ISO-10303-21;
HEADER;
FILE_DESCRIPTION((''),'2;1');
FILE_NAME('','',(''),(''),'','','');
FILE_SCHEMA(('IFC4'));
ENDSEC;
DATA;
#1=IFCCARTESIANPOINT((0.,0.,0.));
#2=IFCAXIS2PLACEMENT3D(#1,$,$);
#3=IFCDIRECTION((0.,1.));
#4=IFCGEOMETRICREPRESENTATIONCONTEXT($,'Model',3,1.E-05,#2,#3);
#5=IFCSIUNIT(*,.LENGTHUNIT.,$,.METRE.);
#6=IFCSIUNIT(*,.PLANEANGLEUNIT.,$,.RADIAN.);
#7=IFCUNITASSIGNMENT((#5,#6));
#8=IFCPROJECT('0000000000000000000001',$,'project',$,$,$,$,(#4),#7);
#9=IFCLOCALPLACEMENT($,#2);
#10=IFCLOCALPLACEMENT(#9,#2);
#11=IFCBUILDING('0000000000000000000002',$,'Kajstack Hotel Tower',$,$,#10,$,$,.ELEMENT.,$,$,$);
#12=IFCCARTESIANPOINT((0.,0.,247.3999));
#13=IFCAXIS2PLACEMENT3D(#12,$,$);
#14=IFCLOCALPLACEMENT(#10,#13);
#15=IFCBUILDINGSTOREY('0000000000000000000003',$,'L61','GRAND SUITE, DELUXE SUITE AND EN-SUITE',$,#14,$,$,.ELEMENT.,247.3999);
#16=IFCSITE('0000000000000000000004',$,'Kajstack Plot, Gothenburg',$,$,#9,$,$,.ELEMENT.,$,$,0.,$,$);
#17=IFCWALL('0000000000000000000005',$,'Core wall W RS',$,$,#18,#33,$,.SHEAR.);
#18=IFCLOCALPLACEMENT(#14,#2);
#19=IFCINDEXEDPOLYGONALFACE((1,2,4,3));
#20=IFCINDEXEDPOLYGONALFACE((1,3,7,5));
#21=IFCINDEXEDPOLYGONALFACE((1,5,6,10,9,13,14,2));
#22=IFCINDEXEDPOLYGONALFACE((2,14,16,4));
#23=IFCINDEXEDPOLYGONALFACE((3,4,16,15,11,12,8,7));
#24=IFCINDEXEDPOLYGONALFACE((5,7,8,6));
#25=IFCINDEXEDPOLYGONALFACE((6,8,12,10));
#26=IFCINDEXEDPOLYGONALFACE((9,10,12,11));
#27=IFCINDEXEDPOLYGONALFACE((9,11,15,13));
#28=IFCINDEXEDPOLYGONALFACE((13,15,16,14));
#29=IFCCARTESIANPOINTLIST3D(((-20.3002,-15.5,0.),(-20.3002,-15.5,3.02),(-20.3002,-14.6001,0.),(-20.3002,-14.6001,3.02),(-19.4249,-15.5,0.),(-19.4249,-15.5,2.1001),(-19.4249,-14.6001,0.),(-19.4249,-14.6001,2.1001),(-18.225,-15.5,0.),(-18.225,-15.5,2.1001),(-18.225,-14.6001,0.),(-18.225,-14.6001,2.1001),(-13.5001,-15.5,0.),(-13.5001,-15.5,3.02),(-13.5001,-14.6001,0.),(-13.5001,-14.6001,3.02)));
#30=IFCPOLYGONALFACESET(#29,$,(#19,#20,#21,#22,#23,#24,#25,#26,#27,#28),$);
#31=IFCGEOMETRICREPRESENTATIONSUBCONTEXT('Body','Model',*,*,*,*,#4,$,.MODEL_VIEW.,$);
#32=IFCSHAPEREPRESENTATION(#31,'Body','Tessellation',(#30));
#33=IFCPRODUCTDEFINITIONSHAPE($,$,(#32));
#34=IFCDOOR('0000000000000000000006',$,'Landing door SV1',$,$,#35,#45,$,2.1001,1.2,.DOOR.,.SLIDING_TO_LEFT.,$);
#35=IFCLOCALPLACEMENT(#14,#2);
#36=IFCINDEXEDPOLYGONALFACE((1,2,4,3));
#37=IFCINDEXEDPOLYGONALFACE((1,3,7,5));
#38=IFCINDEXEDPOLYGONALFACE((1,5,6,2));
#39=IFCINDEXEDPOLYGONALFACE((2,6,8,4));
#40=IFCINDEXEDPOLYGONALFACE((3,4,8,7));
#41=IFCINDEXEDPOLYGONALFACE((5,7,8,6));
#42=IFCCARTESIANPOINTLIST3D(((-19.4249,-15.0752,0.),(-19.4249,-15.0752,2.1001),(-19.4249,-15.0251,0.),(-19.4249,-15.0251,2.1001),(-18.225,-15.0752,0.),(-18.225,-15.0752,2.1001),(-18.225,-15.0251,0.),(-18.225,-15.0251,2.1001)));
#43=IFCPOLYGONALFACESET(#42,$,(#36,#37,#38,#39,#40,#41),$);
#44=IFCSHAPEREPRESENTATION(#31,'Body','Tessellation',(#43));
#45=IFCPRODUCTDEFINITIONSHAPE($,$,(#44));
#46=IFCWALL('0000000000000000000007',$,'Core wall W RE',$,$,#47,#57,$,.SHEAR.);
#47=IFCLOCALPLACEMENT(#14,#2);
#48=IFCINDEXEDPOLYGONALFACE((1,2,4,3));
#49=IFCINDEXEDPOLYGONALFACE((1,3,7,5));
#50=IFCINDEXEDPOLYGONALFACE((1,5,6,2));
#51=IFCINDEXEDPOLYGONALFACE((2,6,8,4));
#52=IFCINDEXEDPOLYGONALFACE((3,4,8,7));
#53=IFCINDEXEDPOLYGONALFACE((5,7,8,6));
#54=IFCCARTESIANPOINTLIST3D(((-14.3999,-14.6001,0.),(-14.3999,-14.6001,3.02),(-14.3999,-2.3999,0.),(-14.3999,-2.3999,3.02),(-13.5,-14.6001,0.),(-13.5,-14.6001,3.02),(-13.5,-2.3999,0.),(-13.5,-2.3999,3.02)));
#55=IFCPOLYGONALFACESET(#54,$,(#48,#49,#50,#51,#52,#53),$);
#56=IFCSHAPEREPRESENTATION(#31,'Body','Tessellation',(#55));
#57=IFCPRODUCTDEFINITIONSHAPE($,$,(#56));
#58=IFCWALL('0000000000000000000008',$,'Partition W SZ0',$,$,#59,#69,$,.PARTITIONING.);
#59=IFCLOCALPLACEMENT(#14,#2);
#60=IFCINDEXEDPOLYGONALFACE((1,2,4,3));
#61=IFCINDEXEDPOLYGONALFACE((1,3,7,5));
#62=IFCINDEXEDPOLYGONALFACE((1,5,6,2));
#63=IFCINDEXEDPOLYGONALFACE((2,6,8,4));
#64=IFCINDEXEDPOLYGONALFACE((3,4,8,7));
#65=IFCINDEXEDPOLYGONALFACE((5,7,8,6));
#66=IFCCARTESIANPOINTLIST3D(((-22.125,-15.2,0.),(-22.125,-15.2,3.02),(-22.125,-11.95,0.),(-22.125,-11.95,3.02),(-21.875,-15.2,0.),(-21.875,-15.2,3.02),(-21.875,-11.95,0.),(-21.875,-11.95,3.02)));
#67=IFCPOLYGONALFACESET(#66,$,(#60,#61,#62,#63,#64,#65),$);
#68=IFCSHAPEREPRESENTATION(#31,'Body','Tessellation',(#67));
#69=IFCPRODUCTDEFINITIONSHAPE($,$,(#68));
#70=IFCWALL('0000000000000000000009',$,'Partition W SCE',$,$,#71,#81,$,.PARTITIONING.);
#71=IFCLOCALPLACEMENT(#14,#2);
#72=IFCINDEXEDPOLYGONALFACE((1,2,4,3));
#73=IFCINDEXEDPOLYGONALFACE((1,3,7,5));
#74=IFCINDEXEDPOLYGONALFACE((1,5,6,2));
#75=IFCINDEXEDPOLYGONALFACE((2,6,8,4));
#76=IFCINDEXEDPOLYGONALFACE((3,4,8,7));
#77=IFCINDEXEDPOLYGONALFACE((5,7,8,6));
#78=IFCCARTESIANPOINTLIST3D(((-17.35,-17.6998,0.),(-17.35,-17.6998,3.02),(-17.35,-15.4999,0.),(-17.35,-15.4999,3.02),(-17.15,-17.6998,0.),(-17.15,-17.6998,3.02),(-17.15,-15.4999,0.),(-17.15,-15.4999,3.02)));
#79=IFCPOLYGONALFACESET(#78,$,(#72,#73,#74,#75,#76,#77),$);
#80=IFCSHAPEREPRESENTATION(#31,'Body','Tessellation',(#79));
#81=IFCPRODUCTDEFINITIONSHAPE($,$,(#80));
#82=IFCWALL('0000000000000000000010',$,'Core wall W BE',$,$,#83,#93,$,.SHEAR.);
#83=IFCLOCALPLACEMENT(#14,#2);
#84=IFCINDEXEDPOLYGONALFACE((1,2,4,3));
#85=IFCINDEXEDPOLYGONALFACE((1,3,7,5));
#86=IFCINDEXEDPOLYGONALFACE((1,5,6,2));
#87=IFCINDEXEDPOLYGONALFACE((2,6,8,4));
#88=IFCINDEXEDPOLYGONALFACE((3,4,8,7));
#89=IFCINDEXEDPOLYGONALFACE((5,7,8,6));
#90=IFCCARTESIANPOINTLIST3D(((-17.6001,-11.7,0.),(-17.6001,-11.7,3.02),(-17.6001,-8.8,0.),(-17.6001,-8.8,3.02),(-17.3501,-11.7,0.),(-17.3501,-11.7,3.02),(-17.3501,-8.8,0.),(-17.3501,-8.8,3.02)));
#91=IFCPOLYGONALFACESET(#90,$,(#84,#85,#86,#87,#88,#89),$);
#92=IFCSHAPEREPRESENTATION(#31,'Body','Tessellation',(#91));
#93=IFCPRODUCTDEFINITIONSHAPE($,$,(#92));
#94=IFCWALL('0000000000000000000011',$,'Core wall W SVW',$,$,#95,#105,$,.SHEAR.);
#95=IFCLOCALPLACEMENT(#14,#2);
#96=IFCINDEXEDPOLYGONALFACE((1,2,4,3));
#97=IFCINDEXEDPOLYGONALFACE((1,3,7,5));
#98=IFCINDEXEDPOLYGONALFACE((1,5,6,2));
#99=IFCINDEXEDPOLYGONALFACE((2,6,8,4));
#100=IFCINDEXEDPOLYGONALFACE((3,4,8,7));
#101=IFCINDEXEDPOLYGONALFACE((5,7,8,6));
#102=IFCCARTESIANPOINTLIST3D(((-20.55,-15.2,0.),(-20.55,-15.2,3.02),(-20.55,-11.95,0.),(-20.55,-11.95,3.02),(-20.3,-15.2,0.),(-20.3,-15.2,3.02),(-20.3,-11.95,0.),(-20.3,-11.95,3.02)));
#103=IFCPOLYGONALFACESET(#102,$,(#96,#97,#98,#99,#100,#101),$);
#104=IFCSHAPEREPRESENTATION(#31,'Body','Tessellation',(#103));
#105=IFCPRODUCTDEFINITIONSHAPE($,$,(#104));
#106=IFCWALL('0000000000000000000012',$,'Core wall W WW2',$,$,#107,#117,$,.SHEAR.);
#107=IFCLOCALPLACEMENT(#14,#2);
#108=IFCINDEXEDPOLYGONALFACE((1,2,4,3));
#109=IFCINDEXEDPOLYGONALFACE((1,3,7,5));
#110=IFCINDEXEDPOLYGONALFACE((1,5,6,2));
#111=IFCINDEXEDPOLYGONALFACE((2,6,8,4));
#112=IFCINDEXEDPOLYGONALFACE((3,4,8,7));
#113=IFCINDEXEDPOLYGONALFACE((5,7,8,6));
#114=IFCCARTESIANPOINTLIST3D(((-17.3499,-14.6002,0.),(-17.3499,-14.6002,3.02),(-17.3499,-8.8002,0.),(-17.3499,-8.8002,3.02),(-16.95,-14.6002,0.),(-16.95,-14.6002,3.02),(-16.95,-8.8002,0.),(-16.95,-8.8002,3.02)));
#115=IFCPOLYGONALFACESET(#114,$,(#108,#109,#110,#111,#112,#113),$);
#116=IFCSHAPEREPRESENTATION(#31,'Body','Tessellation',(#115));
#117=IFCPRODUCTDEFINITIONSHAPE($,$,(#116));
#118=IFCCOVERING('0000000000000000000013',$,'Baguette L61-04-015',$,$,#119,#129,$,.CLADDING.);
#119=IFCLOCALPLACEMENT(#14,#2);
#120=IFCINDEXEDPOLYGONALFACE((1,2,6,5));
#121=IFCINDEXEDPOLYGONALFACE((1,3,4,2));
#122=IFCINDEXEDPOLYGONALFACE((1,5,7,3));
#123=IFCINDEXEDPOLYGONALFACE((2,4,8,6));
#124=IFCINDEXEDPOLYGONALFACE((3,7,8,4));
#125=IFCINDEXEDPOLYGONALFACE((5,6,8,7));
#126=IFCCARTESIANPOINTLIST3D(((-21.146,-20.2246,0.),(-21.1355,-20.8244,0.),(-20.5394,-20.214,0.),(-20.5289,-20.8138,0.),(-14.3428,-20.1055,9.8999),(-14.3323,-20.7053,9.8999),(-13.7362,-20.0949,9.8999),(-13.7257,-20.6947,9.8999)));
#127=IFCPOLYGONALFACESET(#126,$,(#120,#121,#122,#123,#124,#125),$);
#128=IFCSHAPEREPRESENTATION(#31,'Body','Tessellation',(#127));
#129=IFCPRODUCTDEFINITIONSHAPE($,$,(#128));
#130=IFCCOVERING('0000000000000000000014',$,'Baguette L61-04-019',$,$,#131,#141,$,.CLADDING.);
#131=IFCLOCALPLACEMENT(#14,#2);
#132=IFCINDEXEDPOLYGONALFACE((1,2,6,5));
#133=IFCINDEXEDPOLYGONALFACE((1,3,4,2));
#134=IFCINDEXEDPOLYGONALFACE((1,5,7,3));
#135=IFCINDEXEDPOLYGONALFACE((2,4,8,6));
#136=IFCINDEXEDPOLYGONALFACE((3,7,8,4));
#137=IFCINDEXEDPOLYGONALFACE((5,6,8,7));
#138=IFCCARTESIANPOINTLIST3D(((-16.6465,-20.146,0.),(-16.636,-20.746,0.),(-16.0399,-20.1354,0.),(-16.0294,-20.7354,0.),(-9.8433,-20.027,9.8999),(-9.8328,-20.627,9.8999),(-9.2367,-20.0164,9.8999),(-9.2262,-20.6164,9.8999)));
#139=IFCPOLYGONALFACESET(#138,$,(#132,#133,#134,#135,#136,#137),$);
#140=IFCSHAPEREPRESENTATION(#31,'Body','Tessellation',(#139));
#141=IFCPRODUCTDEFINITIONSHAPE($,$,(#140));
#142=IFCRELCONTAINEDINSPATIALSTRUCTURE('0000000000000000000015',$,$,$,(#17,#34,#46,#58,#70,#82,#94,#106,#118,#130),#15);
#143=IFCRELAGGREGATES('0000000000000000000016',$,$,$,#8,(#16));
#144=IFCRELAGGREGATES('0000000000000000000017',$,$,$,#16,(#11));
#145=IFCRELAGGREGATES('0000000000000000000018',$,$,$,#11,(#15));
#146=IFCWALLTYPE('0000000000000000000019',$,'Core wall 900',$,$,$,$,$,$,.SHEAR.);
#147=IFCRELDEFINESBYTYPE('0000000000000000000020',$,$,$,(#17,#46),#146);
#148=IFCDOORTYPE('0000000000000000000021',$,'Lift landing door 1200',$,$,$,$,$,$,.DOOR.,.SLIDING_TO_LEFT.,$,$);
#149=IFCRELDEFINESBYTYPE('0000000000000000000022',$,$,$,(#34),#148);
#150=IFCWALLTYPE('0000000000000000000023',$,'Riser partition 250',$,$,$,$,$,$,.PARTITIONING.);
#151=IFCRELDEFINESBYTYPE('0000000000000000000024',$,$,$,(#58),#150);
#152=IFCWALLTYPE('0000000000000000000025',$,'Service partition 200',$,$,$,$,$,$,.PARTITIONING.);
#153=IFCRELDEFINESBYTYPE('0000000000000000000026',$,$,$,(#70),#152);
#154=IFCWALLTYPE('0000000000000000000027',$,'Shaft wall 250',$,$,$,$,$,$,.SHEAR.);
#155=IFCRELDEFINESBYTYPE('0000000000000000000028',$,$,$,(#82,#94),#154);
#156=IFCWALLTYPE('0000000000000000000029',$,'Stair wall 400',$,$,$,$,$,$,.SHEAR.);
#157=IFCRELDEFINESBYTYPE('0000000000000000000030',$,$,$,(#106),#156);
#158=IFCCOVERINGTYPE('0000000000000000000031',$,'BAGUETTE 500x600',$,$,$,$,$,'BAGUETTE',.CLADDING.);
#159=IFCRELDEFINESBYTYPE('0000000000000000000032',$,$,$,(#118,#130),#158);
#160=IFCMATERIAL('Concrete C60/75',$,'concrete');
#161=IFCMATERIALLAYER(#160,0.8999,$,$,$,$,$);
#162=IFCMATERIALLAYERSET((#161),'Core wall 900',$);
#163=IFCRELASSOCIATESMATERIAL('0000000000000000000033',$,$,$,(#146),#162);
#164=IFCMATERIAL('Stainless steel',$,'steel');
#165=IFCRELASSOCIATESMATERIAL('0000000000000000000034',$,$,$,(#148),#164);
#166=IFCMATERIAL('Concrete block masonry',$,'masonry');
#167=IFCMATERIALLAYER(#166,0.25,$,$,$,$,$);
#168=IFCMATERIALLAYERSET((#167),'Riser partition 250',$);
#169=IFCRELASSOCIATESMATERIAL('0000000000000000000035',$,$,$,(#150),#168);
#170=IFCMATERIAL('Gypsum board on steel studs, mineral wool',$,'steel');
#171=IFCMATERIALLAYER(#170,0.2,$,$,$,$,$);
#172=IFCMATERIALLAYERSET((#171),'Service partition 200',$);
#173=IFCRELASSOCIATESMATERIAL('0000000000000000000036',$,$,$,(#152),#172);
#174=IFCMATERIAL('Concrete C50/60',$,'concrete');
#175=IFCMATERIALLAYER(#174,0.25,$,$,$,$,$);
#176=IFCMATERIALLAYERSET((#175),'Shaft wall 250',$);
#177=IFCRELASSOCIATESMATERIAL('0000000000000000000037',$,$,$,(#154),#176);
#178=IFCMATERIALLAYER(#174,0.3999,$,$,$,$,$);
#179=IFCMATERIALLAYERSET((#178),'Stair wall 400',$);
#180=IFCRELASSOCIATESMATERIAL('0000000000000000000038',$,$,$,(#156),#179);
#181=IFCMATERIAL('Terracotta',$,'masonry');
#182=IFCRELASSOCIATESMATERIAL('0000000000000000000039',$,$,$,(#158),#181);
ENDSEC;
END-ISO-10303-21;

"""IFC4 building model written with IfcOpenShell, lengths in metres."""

from ifc_helpers import new_model, si_unit, direction, frame, frame_2d, origin, origin_2d, place, context, subcontext, project, spatial, polyline, rectangle, outline, extrude, material, layer, layer_set, material_profile, profile_set, type_object, element, fill, save


model = new_model("IFC4")

# Units and contexts
model_context = context("Model", 3, precision=1e-05, world=origin(), true_north=direction((0.0, 1.0)))
body_context = subcontext(model_context, "Body", "Model", "MODEL_VIEW")
ifc_project = project(units=[si_unit("LENGTHUNIT", "METRE"), si_unit("PLANEANGLEUNIT", "RADIAN")], contexts=[model_context])

# Site, building, storey
site_placement = place(None, origin())
site = spatial("IfcSite", under=ifc_project, at=site_placement, Name="Kajstack Plot, Gothenburg", CompositionType="ELEMENT", RefElevation=0.0)
building_placement = place(site_placement, origin())
building = spatial("IfcBuilding", under=site, at=building_placement, Name="Kajstack Hotel Tower", CompositionType="ELEMENT")
storey_placement = place(building_placement, frame((0.0, 0.0, 247.3999)))
storey = spatial("IfcBuildingStorey", under=building, at=storey_placement, Name="L61", Description="GRAND SUITE, DELUXE SUITE AND EN-SUITE", CompositionType="ELEMENT", Elevation=247.3999)

# Wall, opening, door
ifc_material_1 = material(Name="Concrete C60/75", Category="concrete")
ifc_layer_1 = layer(ifc_material_1, 0.8999)
ifc_layer_set_1 = layer_set([ifc_layer_1], Name="Core wall 900")
wall_type_1 = type_object("IfcWallType", Name="Core wall 900", PredefinedType="SHEAR", material=ifc_layer_set_1)
wall_1_placement = place(storey_placement, frame((-20.3, -15.05, 0.0), z_axis=(0.0, 0.0, 1.0), x_axis=(1.0, 0.0, 0.0)))
wall_1 = element("IfcWall", 1, at=wall_1_placement, inside=storey, type_object=wall_type_1, Name="Core wall W RS", PredefinedType="SHEAR", context=body_context, shape_type="SweptSolid", body=[
    extrude(rectangle(XDim=6.8, YDim=0.8999, at=frame_2d((3.3999, 0.0))), origin(), (0.0, 0.0, 1.0), 3.02),
])
opening_1_placement = place(wall_1_placement, frame((0.875, 0.0, 0.0)))
opening_1 = element("IfcOpeningElement", 2, at=opening_1_placement, cuts=wall_1, PredefinedType="OPENING", context=body_context, shape_type="SweptSolid", body=[
    extrude(rectangle(XDim=1.2, YDim=2.1001, at=frame_2d((0.6001, 1.05))), frame((0.0, 0.46, 0.0), z_axis=(0.0, -1.0, 0.0), x_axis=(1.0, 0.0, 0.0)), (0.0, 0.0, 1.0), 0.9199),
])
ifc_material_2 = material(Name="Stainless steel", Category="steel")
door_type = type_object("IfcDoorType", Name="Lift landing door 1200", OperationType="SLIDING_TO_LEFT", PredefinedType="DOOR", material=ifc_material_2)
door_placement = place(opening_1_placement, origin())
door = element("IfcDoor", 3, at=door_placement, inside=storey, type_object=door_type, Name="Landing door SV1", OperationType="SLIDING_TO_LEFT", OverallHeight=2.1001, OverallWidth=1.2, PredefinedType="DOOR", context=body_context, shape_type="SweptSolid", body=[
    extrude(rectangle(XDim=1.2, YDim=2.1001, at=frame_2d((0.6001, 1.05))), frame((0.0, 0.0249, 0.0), z_axis=(0.0, -1.0, 0.0), x_axis=(1.0, 0.0, 0.0)), (0.0, 0.0, 1.0), 0.05),
])
fill(opening_1, door)

# Wall
wall_2_placement = place(storey_placement, frame((-13.95, -14.6001, 0.0), z_axis=(0.0, 0.0, 1.0), x_axis=(0.0, 1.0, 0.0)))
element("IfcWall", 4, at=wall_2_placement, inside=storey, type_object=wall_type_1, Name="Core wall W RE", PredefinedType="SHEAR", context=body_context, shape_type="SweptSolid", body=[
    extrude(rectangle(XDim=12.2002, YDim=0.8999, at=frame_2d((6.1001, 0.0))), origin(), (0.0, 0.0, 1.0), 3.02),
])

# Walls
ifc_material_3 = material(Name="Concrete block masonry", Category="masonry")
ifc_layer_2 = layer(ifc_material_3, 0.25)
ifc_layer_set_2 = layer_set([ifc_layer_2], Name="Riser partition 250")
wall_type_2 = type_object("IfcWallType", Name="Riser partition 250", PredefinedType="PARTITIONING", material=ifc_layer_set_2)
wall_3_placement = place(storey_placement, frame((-22.0, -15.2, 0.0), z_axis=(0.0, 0.0, 1.0), x_axis=(0.0, 1.0, 0.0)))
element("IfcWall", 5, at=wall_3_placement, inside=storey, type_object=wall_type_2, Name="Partition W SZ0", PredefinedType="PARTITIONING", context=body_context, shape_type="SweptSolid", body=[
    extrude(rectangle(XDim=3.25, YDim=0.25, at=frame_2d((1.625, 0.0))), origin(), (0.0, 0.0, 1.0), 3.02),
])
ifc_material_4 = material(Name="Gypsum board on steel studs, mineral wool", Category="steel")
ifc_layer_3 = layer(ifc_material_4, 0.2)
ifc_layer_set_3 = layer_set([ifc_layer_3], Name="Service partition 200")
wall_type_3 = type_object("IfcWallType", Name="Service partition 200", PredefinedType="PARTITIONING", material=ifc_layer_set_3)
wall_4_placement = place(storey_placement, frame((-17.25, -17.7, 0.0), z_axis=(0.0, 0.0, 1.0), x_axis=(0.0, 1.0, 0.0)))
element("IfcWall", 6, at=wall_4_placement, inside=storey, type_object=wall_type_3, Name="Partition W SCE", PredefinedType="PARTITIONING", context=body_context, shape_type="SweptSolid", body=[
    extrude(rectangle(XDim=2.2, YDim=0.2, at=frame_2d((1.1001, 0.0))), origin(), (0.0, 0.0, 1.0), 3.02),
])
ifc_material_5 = material(Name="Concrete C50/60", Category="concrete")
ifc_layer_4 = layer(ifc_material_5, 0.25)
ifc_layer_set_4 = layer_set([ifc_layer_4], Name="Shaft wall 250")
wall_type_4 = type_object("IfcWallType", Name="Shaft wall 250", PredefinedType="SHEAR", material=ifc_layer_set_4)
wall_5_placement = place(storey_placement, frame((-17.4751, -11.7, 0.0), z_axis=(0.0, 0.0, 1.0), x_axis=(0.0, 1.0, 0.0)))
element("IfcWall", 7, at=wall_5_placement, inside=storey, type_object=wall_type_4, Name="Core wall W BE", PredefinedType="SHEAR", context=body_context, shape_type="SweptSolid", body=[
    extrude(rectangle(XDim=2.8999, YDim=0.25, at=frame_2d((1.45, 0.0))), origin(), (0.0, 0.0, 1.0), 3.02),
])
wall_6_placement = place(storey_placement, frame((-20.425, -15.2, 0.0), z_axis=(0.0, 0.0, 1.0), x_axis=(0.0, 1.0, 0.0)))
element("IfcWall", 8, at=wall_6_placement, inside=storey, type_object=wall_type_4, Name="Core wall W SVW", PredefinedType="SHEAR", context=body_context, shape_type="SweptSolid", body=[
    extrude(rectangle(XDim=3.25, YDim=0.25, at=frame_2d((1.625, 0.0))), origin(), (0.0, 0.0, 1.0), 3.02),
])
ifc_layer_5 = layer(ifc_material_5, 0.3999)
ifc_layer_set_5 = layer_set([ifc_layer_5], Name="Stair wall 400")
wall_type_5 = type_object("IfcWallType", Name="Stair wall 400", PredefinedType="SHEAR", material=ifc_layer_set_5)
wall_7_placement = place(storey_placement, frame((-17.1499, -14.6001, 0.0), z_axis=(0.0, 0.0, 1.0), x_axis=(0.0, 1.0, 0.0)))
element("IfcWall", 9, at=wall_7_placement, inside=storey, type_object=wall_type_5, Name="Core wall W WW2", PredefinedType="SHEAR", context=body_context, shape_type="SweptSolid", body=[
    extrude(rectangle(XDim=5.8, YDim=0.3999, at=frame_2d((2.8999, 0.0))), origin(), (0.0, 0.0, 1.0), 3.02),
])

# Coverings
ifc_material_6 = material(Name="Terracotta", Category="masonry")
ifc_material_profile = material_profile(ifc_material_6, rectangle(XDim=0.6001, YDim=0.5, at=origin_2d()), Name="Terracotta-clad concrete baguette 500 x 600")
ifc_profile_set = profile_set([ifc_material_profile], Name="Terracotta")
covering_type = type_object("IfcCoveringType", Name="BAGUETTE 500x600", ElementType="BAGUETTE", PredefinedType="CLADDING", material=ifc_profile_set)
covering_1_placement = place(storey_placement, frame((-21.146, -20.2246, 0.0), z_axis=(0.017498, -0.999847, 0.0), x_axis=(0.999847, 0.017498, 0.0)))
element("IfcCovering", 10, at=covering_1_placement, inside=storey, type_object=covering_type, Name="Baguette L61-04-015", PredefinedType="CLADDING", context=body_context, shape_type="SweptSolid", body=[
    extrude(outline(polyline([(6.8042, 9.8999), (0.0, 0.0), (0.6067, 0.0), (7.4109, 9.8999), (6.8042, 9.8999)])), origin(), (0.0, 0.0, 1.0), 0.5999),
])
covering_2_placement = place(storey_placement, frame((-16.6465, -20.146, 0.0), z_axis=(0.017491, -0.999847, 0.0), x_axis=(0.999847, 0.017491, 0.0)))
element("IfcCovering", 11, at=covering_2_placement, inside=storey, type_object=covering_type, Name="Baguette L61-04-019", PredefinedType="CLADDING", context=body_context, shape_type="SweptSolid", body=[
    extrude(outline(polyline([(6.8042, 9.8999), (0.0, 0.0), (0.6067, 0.0), (7.4109, 9.8999), (6.8042, 9.8999)])), origin(), (0.0, 0.0, 1.0), 0.6001),
])

save(model, "model.ifc")
